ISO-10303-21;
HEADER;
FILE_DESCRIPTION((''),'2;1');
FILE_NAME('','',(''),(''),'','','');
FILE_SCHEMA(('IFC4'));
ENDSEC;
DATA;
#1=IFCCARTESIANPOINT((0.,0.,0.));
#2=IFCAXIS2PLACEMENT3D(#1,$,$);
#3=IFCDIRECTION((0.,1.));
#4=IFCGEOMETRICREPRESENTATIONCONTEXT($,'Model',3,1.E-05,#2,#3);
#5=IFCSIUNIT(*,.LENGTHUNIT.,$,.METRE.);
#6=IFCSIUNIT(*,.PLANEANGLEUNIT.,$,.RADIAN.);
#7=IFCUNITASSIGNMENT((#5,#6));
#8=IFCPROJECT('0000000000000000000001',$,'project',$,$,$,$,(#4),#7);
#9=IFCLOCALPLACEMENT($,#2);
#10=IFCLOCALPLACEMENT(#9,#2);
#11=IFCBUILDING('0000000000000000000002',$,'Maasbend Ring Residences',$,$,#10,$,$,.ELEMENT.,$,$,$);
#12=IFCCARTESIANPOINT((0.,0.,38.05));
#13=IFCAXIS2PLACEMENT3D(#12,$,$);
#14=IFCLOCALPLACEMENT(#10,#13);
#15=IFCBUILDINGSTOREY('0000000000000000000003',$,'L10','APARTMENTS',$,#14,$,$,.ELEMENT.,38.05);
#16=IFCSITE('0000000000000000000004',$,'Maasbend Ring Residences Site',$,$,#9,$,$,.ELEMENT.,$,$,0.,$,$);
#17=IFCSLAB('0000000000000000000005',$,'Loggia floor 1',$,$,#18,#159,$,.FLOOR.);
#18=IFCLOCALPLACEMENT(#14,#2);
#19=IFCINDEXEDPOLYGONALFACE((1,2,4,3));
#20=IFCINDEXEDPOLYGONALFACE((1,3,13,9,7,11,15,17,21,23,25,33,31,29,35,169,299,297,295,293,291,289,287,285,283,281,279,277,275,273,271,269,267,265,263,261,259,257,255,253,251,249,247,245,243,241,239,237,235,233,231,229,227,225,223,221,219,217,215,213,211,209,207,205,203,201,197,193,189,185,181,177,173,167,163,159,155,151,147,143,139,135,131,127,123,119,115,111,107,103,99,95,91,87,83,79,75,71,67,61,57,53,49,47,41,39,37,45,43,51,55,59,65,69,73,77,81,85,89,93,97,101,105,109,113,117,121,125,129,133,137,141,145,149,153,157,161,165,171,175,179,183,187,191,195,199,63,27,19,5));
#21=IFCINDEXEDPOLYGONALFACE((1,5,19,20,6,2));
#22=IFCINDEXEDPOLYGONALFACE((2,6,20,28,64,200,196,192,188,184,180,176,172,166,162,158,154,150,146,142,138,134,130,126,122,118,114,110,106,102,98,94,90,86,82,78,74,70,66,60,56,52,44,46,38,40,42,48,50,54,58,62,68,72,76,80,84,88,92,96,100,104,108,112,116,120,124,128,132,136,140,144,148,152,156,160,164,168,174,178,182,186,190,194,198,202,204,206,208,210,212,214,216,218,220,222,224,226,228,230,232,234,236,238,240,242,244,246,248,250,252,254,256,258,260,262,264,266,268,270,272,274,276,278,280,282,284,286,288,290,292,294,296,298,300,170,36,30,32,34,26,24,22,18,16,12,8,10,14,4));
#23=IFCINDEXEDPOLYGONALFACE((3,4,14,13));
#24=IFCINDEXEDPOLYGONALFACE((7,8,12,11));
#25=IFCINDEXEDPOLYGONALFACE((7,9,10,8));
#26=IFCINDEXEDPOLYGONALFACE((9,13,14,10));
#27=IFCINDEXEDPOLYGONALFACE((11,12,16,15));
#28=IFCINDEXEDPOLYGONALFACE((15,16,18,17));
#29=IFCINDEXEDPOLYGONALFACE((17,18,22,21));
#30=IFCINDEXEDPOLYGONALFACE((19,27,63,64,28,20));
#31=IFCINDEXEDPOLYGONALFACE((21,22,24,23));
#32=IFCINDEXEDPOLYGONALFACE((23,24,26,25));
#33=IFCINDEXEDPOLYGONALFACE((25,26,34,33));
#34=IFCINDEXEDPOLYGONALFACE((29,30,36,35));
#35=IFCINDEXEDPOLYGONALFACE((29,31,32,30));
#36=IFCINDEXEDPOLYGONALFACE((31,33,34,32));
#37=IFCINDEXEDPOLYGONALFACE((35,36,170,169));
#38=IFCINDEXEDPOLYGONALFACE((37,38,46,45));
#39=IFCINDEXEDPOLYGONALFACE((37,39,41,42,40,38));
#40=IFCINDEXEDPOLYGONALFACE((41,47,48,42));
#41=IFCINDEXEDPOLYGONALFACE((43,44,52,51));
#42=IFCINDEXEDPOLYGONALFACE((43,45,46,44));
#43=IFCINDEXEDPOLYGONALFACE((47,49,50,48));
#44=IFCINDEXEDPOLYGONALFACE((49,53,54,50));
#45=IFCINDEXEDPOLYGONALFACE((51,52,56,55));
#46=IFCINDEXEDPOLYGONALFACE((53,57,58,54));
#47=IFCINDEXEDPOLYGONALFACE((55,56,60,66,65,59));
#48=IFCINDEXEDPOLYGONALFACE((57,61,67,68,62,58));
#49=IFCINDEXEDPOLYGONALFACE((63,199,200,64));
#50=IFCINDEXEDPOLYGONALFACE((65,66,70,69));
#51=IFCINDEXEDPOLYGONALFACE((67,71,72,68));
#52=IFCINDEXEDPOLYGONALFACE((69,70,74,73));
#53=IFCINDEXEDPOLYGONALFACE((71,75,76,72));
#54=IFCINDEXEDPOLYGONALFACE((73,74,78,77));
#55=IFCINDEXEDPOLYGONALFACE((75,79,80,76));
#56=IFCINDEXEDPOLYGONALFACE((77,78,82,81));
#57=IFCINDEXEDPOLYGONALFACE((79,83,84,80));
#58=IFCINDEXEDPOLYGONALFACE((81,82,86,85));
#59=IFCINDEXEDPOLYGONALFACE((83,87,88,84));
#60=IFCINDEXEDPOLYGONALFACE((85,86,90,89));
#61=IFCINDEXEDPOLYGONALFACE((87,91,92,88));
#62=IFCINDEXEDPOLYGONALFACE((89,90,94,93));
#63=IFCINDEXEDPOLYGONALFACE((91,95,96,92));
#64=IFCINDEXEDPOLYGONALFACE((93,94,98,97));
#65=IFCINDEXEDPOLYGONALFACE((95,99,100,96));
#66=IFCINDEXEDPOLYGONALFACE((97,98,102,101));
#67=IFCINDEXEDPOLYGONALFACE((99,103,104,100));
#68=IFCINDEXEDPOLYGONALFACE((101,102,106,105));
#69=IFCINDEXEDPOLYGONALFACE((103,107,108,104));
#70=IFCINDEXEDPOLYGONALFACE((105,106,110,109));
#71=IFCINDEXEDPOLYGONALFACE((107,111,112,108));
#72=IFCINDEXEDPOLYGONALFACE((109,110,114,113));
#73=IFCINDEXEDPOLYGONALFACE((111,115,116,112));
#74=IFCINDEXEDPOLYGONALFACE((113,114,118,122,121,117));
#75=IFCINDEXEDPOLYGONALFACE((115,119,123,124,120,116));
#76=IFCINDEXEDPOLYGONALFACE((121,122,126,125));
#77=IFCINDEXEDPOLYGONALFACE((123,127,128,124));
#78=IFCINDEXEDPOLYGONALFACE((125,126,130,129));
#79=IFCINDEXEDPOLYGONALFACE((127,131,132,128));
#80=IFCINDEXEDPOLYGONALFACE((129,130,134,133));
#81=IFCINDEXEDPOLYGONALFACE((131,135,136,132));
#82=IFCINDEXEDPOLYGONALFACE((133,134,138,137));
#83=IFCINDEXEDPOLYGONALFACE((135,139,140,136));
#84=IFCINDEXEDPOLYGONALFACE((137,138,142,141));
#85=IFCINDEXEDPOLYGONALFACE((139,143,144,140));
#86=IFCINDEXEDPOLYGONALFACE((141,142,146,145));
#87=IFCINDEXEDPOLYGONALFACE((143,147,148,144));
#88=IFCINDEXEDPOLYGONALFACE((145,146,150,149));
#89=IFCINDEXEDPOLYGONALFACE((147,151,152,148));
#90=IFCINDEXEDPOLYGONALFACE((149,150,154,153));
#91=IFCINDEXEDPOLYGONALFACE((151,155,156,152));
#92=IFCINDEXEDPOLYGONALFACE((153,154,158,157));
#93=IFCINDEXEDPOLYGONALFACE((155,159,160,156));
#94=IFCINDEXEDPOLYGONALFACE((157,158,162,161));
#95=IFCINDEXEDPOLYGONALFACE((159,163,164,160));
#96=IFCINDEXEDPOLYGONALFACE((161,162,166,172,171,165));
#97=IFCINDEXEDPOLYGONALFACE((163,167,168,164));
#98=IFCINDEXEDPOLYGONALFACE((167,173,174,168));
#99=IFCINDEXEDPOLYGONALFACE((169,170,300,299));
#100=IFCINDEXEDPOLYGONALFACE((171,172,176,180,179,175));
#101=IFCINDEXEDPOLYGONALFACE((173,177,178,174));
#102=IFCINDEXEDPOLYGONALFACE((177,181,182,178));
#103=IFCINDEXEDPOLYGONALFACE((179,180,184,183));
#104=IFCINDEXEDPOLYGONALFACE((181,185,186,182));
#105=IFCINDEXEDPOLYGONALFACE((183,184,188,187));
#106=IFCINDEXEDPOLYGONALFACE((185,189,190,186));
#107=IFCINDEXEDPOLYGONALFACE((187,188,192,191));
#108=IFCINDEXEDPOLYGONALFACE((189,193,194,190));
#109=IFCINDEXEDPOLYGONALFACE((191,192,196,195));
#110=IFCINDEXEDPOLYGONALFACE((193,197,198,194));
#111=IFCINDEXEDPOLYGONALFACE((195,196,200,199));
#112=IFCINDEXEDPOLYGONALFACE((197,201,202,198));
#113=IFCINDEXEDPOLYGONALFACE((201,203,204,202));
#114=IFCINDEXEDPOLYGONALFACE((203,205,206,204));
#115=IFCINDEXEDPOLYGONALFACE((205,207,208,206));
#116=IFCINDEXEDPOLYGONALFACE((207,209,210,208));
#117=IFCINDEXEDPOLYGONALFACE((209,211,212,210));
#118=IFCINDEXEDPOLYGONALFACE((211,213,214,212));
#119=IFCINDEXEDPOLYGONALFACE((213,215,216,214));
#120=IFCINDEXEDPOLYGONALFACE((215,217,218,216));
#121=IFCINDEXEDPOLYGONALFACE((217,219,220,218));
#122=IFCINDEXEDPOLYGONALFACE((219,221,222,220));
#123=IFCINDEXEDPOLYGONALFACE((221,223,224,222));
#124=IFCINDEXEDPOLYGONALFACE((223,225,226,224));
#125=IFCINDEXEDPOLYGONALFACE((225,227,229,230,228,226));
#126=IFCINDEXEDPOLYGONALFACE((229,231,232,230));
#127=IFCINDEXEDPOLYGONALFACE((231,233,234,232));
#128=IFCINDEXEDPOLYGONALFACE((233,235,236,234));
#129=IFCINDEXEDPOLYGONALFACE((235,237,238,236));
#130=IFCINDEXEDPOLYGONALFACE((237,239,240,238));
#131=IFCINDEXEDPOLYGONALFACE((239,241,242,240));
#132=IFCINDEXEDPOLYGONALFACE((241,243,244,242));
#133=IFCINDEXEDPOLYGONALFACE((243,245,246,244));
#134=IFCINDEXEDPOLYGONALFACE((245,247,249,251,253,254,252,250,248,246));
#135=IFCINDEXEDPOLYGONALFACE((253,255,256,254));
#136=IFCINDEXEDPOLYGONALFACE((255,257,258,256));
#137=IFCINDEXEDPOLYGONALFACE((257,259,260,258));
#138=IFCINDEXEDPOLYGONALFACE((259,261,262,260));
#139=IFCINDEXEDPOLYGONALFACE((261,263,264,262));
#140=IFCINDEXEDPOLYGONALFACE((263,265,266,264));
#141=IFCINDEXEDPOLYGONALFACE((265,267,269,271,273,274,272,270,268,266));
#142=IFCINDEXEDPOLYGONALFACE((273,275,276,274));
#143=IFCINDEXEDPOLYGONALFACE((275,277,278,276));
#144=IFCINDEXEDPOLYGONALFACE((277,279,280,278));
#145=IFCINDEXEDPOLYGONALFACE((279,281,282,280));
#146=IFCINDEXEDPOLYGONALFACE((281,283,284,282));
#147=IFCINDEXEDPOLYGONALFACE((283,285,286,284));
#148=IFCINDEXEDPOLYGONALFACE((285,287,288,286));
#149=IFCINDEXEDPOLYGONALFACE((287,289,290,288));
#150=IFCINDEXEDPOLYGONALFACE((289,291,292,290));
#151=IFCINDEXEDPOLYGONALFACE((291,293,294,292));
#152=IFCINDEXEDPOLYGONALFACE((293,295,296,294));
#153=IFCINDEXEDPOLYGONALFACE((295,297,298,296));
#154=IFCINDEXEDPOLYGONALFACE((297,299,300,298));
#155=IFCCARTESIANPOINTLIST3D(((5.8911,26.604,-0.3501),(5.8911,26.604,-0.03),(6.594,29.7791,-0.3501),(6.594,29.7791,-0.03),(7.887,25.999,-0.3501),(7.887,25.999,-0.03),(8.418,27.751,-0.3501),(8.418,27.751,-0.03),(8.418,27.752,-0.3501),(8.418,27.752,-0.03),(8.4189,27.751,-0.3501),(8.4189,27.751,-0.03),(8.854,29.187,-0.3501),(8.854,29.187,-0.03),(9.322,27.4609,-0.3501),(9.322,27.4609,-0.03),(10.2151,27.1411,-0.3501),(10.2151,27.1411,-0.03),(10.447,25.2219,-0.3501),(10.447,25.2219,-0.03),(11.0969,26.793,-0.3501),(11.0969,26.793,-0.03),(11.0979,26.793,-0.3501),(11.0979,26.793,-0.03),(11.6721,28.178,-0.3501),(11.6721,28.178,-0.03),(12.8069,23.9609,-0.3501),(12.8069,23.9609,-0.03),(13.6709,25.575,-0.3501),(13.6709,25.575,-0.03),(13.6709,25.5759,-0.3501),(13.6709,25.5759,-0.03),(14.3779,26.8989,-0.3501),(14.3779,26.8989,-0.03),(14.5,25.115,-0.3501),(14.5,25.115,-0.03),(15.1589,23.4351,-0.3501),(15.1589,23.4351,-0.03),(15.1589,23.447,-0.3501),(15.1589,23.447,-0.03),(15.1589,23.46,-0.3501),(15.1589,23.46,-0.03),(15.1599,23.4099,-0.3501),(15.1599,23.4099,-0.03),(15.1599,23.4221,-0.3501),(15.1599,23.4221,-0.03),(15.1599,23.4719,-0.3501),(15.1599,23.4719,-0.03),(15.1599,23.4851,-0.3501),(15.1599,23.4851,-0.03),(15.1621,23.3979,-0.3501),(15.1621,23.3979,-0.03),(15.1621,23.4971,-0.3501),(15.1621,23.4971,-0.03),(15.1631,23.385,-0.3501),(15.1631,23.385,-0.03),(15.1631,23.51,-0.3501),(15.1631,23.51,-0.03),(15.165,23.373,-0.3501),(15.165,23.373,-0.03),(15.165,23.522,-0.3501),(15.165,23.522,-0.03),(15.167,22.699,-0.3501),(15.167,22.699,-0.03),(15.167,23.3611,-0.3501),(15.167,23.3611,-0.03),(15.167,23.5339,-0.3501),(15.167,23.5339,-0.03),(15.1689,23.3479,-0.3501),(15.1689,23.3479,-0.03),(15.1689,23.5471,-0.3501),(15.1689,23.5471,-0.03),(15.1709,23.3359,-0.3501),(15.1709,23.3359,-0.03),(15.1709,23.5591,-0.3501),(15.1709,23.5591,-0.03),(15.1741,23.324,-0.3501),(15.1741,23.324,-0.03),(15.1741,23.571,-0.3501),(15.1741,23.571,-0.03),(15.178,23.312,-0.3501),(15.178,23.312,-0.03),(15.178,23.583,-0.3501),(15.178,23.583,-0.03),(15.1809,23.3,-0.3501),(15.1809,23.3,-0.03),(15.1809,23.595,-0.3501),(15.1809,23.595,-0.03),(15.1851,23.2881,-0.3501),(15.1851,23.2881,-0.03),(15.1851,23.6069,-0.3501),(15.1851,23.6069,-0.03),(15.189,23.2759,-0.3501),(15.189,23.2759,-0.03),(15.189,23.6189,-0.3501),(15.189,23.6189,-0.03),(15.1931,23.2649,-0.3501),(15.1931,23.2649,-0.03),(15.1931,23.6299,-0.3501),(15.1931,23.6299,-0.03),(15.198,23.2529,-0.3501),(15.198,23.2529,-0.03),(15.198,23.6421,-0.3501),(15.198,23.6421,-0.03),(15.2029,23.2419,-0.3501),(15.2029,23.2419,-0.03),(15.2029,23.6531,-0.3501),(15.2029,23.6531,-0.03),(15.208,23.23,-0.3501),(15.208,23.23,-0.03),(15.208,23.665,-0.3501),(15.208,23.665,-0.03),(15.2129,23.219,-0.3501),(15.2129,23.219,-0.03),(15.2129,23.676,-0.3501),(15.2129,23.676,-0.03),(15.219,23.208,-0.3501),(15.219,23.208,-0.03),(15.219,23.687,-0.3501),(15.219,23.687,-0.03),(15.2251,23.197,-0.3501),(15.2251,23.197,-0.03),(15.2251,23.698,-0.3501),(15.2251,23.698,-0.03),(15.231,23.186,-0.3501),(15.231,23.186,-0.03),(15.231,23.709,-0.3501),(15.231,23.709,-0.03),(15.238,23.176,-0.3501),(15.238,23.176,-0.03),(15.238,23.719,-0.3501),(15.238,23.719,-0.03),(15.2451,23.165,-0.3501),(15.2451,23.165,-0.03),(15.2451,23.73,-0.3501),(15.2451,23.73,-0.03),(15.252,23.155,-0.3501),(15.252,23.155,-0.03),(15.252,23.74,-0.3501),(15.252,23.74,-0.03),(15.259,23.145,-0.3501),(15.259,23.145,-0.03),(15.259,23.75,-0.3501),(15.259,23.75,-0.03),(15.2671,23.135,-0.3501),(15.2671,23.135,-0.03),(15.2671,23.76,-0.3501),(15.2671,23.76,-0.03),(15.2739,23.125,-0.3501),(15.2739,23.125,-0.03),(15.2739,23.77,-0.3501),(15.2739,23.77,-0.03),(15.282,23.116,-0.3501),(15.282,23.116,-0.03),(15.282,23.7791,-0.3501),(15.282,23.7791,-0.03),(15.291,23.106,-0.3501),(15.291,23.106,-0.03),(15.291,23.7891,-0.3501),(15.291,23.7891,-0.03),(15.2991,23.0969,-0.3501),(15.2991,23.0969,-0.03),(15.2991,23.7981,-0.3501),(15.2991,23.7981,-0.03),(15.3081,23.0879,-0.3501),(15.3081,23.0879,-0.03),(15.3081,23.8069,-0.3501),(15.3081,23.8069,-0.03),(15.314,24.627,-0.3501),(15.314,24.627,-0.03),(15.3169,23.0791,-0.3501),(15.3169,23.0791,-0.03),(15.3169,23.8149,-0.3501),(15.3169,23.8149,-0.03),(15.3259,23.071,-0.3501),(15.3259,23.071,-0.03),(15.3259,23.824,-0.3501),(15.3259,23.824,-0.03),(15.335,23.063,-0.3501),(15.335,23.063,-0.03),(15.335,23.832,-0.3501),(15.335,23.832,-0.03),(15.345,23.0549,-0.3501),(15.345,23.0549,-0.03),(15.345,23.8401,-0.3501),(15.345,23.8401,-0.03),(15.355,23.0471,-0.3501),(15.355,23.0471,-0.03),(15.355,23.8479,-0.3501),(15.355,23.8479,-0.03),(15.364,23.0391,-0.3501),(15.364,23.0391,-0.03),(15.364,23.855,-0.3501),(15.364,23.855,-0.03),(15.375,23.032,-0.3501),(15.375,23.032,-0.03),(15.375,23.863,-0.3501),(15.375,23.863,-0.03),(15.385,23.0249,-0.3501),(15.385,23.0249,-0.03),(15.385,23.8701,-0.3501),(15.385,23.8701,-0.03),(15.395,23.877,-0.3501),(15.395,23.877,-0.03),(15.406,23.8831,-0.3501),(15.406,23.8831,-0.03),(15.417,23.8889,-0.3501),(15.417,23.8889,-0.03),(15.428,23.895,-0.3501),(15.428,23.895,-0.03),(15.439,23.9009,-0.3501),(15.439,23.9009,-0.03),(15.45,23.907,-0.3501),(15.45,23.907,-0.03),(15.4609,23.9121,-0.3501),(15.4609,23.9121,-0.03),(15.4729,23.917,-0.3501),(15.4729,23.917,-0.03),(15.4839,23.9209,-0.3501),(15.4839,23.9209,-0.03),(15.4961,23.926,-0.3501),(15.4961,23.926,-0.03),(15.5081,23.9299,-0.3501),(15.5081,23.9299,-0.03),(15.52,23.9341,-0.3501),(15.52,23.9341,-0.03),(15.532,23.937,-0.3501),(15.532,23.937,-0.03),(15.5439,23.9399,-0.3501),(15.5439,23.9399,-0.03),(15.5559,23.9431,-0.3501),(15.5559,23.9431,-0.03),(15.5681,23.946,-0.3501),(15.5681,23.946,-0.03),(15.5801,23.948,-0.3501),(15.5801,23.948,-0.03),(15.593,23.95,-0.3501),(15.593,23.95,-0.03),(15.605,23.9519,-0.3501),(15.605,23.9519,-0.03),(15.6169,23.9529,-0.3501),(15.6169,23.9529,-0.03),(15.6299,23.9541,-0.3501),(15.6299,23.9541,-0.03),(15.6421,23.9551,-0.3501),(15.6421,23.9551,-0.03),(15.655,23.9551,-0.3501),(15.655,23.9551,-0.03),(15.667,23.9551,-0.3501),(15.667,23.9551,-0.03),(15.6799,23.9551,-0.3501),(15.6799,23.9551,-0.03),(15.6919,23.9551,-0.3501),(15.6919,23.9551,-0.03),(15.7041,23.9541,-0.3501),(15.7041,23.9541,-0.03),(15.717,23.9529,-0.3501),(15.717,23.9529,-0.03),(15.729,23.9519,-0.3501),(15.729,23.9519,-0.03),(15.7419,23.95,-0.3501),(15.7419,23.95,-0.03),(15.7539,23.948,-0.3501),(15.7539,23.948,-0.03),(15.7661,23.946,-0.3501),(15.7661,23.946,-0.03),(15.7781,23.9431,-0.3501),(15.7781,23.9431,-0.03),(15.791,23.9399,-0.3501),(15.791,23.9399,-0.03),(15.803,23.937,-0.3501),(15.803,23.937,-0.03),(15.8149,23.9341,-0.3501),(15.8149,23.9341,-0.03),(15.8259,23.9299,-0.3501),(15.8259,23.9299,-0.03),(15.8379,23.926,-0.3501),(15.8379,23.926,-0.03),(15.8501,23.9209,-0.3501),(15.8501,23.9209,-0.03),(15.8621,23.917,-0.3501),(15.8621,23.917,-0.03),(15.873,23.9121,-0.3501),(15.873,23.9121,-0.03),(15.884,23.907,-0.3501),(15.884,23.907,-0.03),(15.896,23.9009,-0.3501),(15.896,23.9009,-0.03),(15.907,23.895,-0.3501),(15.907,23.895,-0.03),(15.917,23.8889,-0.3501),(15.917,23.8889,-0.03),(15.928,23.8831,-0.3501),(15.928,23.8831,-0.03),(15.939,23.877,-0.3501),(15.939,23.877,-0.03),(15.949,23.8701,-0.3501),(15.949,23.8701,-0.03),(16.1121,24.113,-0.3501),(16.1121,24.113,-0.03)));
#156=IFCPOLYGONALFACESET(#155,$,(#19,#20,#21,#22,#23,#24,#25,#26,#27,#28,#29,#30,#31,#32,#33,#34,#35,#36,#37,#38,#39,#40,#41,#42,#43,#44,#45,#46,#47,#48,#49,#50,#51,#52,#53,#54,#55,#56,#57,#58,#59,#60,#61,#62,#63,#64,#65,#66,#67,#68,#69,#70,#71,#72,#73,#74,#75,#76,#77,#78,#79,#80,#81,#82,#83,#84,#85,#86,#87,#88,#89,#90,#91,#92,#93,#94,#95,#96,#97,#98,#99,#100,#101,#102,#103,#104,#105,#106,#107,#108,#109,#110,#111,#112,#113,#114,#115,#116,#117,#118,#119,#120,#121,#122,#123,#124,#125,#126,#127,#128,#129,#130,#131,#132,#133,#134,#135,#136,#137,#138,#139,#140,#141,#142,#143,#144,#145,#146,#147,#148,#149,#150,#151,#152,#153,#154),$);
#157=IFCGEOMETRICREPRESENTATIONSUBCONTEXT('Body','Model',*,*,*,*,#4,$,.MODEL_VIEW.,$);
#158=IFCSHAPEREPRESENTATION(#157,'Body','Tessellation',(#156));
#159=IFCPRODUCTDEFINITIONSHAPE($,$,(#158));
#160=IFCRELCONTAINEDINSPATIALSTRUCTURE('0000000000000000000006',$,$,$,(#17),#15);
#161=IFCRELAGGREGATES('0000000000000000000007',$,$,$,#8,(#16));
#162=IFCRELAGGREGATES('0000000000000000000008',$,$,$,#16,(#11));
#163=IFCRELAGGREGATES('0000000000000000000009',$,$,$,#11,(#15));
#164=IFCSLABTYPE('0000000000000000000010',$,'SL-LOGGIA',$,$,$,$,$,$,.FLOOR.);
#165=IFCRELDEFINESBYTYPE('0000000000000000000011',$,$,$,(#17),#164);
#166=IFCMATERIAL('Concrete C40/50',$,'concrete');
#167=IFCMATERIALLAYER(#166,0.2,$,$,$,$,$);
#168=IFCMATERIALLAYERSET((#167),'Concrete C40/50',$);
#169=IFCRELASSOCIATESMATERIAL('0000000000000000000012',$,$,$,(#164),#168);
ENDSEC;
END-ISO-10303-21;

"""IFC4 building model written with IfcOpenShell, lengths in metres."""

from ifc_helpers import new_model, si_unit, direction, frame, origin, place, context, subcontext, project, spatial, polyline, outline, extrude, material, layer, layer_set, type_object, element, save


model = new_model("IFC4")

# Units and contexts
model_context = context("Model", 3, precision=1e-05, world=origin(), true_north=direction((0.0, 1.0)))
body_context = subcontext(model_context, "Body", "Model", "MODEL_VIEW")
ifc_project = project(units=[si_unit("LENGTHUNIT", "METRE"), si_unit("PLANEANGLEUNIT", "RADIAN")], contexts=[model_context])

# Site, building, storey
site_placement = place(None, origin())
site = spatial("IfcSite", under=ifc_project, at=site_placement, Name="Maasbend Ring Residences Site", CompositionType="ELEMENT", RefElevation=0.0)
building_placement = place(site_placement, origin())
building = spatial("IfcBuilding", under=site, at=building_placement, Name="Maasbend Ring Residences", CompositionType="ELEMENT")
storey_placement = place(building_placement, frame((0.0, 0.0, 38.05)))
storey = spatial("IfcBuildingStorey", under=building, at=storey_placement, Name="L10", Description="APARTMENTS", CompositionType="ELEMENT", Elevation=38.05)

# Slab
ifc_material_1 = material(Name="Concrete C40/50", Category="concrete")
ifc_layer_1 = layer(ifc_material_1, 0.2)
ifc_layer_set_1 = layer_set([ifc_layer_1], Name="Concrete C40/50")
slab_type_1 = type_object("IfcSlabType", Name="SL-LOGGIA", PredefinedType="FLOOR", material=ifc_layer_set_1)
slab_1_placement = place(storey_placement, frame((0.0, 0.0, -0.3501)))
element("IfcSlab", 1, at=slab_1_placement, inside=storey, type_object=slab_type_1, Name="Loggia floor 1", PredefinedType="FLOOR", context=body_context, shape_type="SweptSolid", body=[
    extrude(outline(polyline([(8.854, 29.187), (8.854, 29.187), (8.854, 29.187), (8.418, 27.752), (8.418, 27.752), (8.418, 27.752), (8.418, 27.752), (8.418, 27.752), (8.418, 27.752), (8.418, 27.751), (8.418, 27.751), (8.418, 27.751), (8.418, 27.751), (8.418, 27.751), (8.4189, 27.751), (8.4189, 27.751), (8.4189, 27.751), (8.4189, 27.751), (8.4189, 27.751), (8.4189, 27.751), (9.322, 27.4609), (9.322, 27.4609), (10.2151, 27.1411), (10.2151, 27.1411), (11.0969, 26.793), (11.0969, 26.793), (11.0969, 26.793), (11.0979, 26.793), (11.0979, 26.793), (11.0979, 26.793), (11.0979, 26.793), (11.0979, 26.793), (11.0979, 26.793), (11.0979, 26.793), (11.0979, 26.793), (11.0979, 26.793), (11.0979, 26.793), (11.0979, 26.793), (11.0979, 26.793), (11.0979, 26.793), (11.0979, 26.793), (11.6721, 28.178), (11.6721, 28.178), (11.6721, 28.178), (14.3779, 26.8989), (14.3779, 26.8989), (14.3779, 26.8989), (13.6709, 25.5759), (13.6709, 25.5759), (13.6709, 25.5759), (13.6709, 25.5759), (13.6709, 25.5759), (13.6709, 25.5759), (13.6709, 25.5759), (13.6709, 25.5759), (13.6709, 25.5759), (13.6709, 25.5759), (13.6709, 25.5759), (13.6709, 25.5759), (13.6709, 25.5759), (13.6709, 25.5759), (13.6709, 25.5759), (13.6709, 25.5759), (13.6709, 25.575), (14.5, 25.115), (14.5, 25.115), (15.314, 24.627), (15.314, 24.627), (16.1121, 24.113), (16.1121, 24.113), (16.1121, 24.113), (15.949, 23.8701), (15.939, 23.877), (15.928, 23.8831), (15.917, 23.8889), (15.907, 23.895), (15.896, 23.9009), (15.884, 23.907), (15.873, 23.9121), (15.8621, 23.917), (15.8501, 23.9209), (15.8379, 23.926), (15.8259, 23.9299), (15.8149, 23.9341), (15.803, 23.937), (15.791, 23.9399), (15.7781, 23.9431), (15.7661, 23.946), (15.7539, 23.948), (15.7419, 23.95), (15.729, 23.9519), (15.717, 23.9529), (15.7041, 23.9541), (15.6919, 23.9551), (15.6799, 23.9551), (15.667, 23.9551), (15.655, 23.9551), (15.6421, 23.9551), (15.6299, 23.9541), (15.6169, 23.9529), (15.605, 23.9519), (15.593, 23.95), (15.5801, 23.948), (15.5681, 23.946), (15.5559, 23.9431), (15.5439, 23.9399), (15.532, 23.937), (15.52, 23.9341), (15.5081, 23.9299), (15.4961, 23.926), (15.4839, 23.9209), (15.4729, 23.917), (15.4609, 23.9121), (15.45, 23.907), (15.439, 23.9009), (15.428, 23.895), (15.417, 23.8889), (15.406, 23.8831), (15.395, 23.877), (15.385, 23.8701), (15.375, 23.863), (15.364, 23.855), (15.355, 23.8479), (15.345, 23.8401), (15.335, 23.832), (15.3259, 23.824), (15.3169, 23.8149), (15.3081, 23.8069), (15.2991, 23.7981), (15.291, 23.7891), (15.282, 23.7791), (15.2739, 23.77), (15.2671, 23.76), (15.259, 23.75), (15.252, 23.74), (15.2451, 23.73), (15.238, 23.719), (15.231, 23.709), (15.2251, 23.698), (15.219, 23.687), (15.2129, 23.676), (15.208, 23.665), (15.2029, 23.6531), (15.198, 23.6421), (15.1931, 23.6299), (15.189, 23.6189), (15.1851, 23.6069), (15.1809, 23.595), (15.178, 23.583), (15.1741, 23.571), (15.1709, 23.5591), (15.1689, 23.5471), (15.167, 23.5339), (15.165, 23.522), (15.1631, 23.51), (15.1621, 23.4971), (15.1599, 23.4851), (15.1599, 23.4719), (15.1589, 23.46), (15.1589, 23.447), (15.1589, 23.4351), (15.1599, 23.4221), (15.1599, 23.4099), (15.1621, 23.3979), (15.1631, 23.385), (15.165, 23.373), (15.167, 23.3611), (15.1689, 23.3479), (15.1709, 23.3359), (15.1741, 23.324), (15.178, 23.312), (15.1809, 23.3), (15.1851, 23.2881), (15.189, 23.2759), (15.1931, 23.2649), (15.198, 23.2529), (15.2029, 23.2419), (15.208, 23.23), (15.2129, 23.219), (15.219, 23.208), (15.2251, 23.197), (15.231, 23.186), (15.238, 23.176), (15.2451, 23.165), (15.252, 23.155), (15.259, 23.145), (15.2671, 23.135), (15.2739, 23.125), (15.282, 23.116), (15.291, 23.106), (15.2991, 23.0969), (15.3081, 23.0879), (15.3169, 23.0791), (15.3259, 23.071), (15.335, 23.063), (15.345, 23.0549), (15.355, 23.0471), (15.364, 23.0391), (15.375, 23.032), (15.385, 23.0249), (15.167, 22.699), (15.167, 22.699), (15.167, 22.699), (12.8069, 23.9609), (10.447, 25.2219), (10.447, 25.2219), (10.447, 25.2219), (7.887, 25.999), (5.8911, 26.604), (5.8911, 26.604), (5.8911, 26.604), (6.594, 29.7791), (6.594, 29.7791), (6.594, 29.7791), (8.854, 29.187)])), origin(), (0.0, 0.0, 1.0), 0.3201),
])

save(model, "model.ifc")
